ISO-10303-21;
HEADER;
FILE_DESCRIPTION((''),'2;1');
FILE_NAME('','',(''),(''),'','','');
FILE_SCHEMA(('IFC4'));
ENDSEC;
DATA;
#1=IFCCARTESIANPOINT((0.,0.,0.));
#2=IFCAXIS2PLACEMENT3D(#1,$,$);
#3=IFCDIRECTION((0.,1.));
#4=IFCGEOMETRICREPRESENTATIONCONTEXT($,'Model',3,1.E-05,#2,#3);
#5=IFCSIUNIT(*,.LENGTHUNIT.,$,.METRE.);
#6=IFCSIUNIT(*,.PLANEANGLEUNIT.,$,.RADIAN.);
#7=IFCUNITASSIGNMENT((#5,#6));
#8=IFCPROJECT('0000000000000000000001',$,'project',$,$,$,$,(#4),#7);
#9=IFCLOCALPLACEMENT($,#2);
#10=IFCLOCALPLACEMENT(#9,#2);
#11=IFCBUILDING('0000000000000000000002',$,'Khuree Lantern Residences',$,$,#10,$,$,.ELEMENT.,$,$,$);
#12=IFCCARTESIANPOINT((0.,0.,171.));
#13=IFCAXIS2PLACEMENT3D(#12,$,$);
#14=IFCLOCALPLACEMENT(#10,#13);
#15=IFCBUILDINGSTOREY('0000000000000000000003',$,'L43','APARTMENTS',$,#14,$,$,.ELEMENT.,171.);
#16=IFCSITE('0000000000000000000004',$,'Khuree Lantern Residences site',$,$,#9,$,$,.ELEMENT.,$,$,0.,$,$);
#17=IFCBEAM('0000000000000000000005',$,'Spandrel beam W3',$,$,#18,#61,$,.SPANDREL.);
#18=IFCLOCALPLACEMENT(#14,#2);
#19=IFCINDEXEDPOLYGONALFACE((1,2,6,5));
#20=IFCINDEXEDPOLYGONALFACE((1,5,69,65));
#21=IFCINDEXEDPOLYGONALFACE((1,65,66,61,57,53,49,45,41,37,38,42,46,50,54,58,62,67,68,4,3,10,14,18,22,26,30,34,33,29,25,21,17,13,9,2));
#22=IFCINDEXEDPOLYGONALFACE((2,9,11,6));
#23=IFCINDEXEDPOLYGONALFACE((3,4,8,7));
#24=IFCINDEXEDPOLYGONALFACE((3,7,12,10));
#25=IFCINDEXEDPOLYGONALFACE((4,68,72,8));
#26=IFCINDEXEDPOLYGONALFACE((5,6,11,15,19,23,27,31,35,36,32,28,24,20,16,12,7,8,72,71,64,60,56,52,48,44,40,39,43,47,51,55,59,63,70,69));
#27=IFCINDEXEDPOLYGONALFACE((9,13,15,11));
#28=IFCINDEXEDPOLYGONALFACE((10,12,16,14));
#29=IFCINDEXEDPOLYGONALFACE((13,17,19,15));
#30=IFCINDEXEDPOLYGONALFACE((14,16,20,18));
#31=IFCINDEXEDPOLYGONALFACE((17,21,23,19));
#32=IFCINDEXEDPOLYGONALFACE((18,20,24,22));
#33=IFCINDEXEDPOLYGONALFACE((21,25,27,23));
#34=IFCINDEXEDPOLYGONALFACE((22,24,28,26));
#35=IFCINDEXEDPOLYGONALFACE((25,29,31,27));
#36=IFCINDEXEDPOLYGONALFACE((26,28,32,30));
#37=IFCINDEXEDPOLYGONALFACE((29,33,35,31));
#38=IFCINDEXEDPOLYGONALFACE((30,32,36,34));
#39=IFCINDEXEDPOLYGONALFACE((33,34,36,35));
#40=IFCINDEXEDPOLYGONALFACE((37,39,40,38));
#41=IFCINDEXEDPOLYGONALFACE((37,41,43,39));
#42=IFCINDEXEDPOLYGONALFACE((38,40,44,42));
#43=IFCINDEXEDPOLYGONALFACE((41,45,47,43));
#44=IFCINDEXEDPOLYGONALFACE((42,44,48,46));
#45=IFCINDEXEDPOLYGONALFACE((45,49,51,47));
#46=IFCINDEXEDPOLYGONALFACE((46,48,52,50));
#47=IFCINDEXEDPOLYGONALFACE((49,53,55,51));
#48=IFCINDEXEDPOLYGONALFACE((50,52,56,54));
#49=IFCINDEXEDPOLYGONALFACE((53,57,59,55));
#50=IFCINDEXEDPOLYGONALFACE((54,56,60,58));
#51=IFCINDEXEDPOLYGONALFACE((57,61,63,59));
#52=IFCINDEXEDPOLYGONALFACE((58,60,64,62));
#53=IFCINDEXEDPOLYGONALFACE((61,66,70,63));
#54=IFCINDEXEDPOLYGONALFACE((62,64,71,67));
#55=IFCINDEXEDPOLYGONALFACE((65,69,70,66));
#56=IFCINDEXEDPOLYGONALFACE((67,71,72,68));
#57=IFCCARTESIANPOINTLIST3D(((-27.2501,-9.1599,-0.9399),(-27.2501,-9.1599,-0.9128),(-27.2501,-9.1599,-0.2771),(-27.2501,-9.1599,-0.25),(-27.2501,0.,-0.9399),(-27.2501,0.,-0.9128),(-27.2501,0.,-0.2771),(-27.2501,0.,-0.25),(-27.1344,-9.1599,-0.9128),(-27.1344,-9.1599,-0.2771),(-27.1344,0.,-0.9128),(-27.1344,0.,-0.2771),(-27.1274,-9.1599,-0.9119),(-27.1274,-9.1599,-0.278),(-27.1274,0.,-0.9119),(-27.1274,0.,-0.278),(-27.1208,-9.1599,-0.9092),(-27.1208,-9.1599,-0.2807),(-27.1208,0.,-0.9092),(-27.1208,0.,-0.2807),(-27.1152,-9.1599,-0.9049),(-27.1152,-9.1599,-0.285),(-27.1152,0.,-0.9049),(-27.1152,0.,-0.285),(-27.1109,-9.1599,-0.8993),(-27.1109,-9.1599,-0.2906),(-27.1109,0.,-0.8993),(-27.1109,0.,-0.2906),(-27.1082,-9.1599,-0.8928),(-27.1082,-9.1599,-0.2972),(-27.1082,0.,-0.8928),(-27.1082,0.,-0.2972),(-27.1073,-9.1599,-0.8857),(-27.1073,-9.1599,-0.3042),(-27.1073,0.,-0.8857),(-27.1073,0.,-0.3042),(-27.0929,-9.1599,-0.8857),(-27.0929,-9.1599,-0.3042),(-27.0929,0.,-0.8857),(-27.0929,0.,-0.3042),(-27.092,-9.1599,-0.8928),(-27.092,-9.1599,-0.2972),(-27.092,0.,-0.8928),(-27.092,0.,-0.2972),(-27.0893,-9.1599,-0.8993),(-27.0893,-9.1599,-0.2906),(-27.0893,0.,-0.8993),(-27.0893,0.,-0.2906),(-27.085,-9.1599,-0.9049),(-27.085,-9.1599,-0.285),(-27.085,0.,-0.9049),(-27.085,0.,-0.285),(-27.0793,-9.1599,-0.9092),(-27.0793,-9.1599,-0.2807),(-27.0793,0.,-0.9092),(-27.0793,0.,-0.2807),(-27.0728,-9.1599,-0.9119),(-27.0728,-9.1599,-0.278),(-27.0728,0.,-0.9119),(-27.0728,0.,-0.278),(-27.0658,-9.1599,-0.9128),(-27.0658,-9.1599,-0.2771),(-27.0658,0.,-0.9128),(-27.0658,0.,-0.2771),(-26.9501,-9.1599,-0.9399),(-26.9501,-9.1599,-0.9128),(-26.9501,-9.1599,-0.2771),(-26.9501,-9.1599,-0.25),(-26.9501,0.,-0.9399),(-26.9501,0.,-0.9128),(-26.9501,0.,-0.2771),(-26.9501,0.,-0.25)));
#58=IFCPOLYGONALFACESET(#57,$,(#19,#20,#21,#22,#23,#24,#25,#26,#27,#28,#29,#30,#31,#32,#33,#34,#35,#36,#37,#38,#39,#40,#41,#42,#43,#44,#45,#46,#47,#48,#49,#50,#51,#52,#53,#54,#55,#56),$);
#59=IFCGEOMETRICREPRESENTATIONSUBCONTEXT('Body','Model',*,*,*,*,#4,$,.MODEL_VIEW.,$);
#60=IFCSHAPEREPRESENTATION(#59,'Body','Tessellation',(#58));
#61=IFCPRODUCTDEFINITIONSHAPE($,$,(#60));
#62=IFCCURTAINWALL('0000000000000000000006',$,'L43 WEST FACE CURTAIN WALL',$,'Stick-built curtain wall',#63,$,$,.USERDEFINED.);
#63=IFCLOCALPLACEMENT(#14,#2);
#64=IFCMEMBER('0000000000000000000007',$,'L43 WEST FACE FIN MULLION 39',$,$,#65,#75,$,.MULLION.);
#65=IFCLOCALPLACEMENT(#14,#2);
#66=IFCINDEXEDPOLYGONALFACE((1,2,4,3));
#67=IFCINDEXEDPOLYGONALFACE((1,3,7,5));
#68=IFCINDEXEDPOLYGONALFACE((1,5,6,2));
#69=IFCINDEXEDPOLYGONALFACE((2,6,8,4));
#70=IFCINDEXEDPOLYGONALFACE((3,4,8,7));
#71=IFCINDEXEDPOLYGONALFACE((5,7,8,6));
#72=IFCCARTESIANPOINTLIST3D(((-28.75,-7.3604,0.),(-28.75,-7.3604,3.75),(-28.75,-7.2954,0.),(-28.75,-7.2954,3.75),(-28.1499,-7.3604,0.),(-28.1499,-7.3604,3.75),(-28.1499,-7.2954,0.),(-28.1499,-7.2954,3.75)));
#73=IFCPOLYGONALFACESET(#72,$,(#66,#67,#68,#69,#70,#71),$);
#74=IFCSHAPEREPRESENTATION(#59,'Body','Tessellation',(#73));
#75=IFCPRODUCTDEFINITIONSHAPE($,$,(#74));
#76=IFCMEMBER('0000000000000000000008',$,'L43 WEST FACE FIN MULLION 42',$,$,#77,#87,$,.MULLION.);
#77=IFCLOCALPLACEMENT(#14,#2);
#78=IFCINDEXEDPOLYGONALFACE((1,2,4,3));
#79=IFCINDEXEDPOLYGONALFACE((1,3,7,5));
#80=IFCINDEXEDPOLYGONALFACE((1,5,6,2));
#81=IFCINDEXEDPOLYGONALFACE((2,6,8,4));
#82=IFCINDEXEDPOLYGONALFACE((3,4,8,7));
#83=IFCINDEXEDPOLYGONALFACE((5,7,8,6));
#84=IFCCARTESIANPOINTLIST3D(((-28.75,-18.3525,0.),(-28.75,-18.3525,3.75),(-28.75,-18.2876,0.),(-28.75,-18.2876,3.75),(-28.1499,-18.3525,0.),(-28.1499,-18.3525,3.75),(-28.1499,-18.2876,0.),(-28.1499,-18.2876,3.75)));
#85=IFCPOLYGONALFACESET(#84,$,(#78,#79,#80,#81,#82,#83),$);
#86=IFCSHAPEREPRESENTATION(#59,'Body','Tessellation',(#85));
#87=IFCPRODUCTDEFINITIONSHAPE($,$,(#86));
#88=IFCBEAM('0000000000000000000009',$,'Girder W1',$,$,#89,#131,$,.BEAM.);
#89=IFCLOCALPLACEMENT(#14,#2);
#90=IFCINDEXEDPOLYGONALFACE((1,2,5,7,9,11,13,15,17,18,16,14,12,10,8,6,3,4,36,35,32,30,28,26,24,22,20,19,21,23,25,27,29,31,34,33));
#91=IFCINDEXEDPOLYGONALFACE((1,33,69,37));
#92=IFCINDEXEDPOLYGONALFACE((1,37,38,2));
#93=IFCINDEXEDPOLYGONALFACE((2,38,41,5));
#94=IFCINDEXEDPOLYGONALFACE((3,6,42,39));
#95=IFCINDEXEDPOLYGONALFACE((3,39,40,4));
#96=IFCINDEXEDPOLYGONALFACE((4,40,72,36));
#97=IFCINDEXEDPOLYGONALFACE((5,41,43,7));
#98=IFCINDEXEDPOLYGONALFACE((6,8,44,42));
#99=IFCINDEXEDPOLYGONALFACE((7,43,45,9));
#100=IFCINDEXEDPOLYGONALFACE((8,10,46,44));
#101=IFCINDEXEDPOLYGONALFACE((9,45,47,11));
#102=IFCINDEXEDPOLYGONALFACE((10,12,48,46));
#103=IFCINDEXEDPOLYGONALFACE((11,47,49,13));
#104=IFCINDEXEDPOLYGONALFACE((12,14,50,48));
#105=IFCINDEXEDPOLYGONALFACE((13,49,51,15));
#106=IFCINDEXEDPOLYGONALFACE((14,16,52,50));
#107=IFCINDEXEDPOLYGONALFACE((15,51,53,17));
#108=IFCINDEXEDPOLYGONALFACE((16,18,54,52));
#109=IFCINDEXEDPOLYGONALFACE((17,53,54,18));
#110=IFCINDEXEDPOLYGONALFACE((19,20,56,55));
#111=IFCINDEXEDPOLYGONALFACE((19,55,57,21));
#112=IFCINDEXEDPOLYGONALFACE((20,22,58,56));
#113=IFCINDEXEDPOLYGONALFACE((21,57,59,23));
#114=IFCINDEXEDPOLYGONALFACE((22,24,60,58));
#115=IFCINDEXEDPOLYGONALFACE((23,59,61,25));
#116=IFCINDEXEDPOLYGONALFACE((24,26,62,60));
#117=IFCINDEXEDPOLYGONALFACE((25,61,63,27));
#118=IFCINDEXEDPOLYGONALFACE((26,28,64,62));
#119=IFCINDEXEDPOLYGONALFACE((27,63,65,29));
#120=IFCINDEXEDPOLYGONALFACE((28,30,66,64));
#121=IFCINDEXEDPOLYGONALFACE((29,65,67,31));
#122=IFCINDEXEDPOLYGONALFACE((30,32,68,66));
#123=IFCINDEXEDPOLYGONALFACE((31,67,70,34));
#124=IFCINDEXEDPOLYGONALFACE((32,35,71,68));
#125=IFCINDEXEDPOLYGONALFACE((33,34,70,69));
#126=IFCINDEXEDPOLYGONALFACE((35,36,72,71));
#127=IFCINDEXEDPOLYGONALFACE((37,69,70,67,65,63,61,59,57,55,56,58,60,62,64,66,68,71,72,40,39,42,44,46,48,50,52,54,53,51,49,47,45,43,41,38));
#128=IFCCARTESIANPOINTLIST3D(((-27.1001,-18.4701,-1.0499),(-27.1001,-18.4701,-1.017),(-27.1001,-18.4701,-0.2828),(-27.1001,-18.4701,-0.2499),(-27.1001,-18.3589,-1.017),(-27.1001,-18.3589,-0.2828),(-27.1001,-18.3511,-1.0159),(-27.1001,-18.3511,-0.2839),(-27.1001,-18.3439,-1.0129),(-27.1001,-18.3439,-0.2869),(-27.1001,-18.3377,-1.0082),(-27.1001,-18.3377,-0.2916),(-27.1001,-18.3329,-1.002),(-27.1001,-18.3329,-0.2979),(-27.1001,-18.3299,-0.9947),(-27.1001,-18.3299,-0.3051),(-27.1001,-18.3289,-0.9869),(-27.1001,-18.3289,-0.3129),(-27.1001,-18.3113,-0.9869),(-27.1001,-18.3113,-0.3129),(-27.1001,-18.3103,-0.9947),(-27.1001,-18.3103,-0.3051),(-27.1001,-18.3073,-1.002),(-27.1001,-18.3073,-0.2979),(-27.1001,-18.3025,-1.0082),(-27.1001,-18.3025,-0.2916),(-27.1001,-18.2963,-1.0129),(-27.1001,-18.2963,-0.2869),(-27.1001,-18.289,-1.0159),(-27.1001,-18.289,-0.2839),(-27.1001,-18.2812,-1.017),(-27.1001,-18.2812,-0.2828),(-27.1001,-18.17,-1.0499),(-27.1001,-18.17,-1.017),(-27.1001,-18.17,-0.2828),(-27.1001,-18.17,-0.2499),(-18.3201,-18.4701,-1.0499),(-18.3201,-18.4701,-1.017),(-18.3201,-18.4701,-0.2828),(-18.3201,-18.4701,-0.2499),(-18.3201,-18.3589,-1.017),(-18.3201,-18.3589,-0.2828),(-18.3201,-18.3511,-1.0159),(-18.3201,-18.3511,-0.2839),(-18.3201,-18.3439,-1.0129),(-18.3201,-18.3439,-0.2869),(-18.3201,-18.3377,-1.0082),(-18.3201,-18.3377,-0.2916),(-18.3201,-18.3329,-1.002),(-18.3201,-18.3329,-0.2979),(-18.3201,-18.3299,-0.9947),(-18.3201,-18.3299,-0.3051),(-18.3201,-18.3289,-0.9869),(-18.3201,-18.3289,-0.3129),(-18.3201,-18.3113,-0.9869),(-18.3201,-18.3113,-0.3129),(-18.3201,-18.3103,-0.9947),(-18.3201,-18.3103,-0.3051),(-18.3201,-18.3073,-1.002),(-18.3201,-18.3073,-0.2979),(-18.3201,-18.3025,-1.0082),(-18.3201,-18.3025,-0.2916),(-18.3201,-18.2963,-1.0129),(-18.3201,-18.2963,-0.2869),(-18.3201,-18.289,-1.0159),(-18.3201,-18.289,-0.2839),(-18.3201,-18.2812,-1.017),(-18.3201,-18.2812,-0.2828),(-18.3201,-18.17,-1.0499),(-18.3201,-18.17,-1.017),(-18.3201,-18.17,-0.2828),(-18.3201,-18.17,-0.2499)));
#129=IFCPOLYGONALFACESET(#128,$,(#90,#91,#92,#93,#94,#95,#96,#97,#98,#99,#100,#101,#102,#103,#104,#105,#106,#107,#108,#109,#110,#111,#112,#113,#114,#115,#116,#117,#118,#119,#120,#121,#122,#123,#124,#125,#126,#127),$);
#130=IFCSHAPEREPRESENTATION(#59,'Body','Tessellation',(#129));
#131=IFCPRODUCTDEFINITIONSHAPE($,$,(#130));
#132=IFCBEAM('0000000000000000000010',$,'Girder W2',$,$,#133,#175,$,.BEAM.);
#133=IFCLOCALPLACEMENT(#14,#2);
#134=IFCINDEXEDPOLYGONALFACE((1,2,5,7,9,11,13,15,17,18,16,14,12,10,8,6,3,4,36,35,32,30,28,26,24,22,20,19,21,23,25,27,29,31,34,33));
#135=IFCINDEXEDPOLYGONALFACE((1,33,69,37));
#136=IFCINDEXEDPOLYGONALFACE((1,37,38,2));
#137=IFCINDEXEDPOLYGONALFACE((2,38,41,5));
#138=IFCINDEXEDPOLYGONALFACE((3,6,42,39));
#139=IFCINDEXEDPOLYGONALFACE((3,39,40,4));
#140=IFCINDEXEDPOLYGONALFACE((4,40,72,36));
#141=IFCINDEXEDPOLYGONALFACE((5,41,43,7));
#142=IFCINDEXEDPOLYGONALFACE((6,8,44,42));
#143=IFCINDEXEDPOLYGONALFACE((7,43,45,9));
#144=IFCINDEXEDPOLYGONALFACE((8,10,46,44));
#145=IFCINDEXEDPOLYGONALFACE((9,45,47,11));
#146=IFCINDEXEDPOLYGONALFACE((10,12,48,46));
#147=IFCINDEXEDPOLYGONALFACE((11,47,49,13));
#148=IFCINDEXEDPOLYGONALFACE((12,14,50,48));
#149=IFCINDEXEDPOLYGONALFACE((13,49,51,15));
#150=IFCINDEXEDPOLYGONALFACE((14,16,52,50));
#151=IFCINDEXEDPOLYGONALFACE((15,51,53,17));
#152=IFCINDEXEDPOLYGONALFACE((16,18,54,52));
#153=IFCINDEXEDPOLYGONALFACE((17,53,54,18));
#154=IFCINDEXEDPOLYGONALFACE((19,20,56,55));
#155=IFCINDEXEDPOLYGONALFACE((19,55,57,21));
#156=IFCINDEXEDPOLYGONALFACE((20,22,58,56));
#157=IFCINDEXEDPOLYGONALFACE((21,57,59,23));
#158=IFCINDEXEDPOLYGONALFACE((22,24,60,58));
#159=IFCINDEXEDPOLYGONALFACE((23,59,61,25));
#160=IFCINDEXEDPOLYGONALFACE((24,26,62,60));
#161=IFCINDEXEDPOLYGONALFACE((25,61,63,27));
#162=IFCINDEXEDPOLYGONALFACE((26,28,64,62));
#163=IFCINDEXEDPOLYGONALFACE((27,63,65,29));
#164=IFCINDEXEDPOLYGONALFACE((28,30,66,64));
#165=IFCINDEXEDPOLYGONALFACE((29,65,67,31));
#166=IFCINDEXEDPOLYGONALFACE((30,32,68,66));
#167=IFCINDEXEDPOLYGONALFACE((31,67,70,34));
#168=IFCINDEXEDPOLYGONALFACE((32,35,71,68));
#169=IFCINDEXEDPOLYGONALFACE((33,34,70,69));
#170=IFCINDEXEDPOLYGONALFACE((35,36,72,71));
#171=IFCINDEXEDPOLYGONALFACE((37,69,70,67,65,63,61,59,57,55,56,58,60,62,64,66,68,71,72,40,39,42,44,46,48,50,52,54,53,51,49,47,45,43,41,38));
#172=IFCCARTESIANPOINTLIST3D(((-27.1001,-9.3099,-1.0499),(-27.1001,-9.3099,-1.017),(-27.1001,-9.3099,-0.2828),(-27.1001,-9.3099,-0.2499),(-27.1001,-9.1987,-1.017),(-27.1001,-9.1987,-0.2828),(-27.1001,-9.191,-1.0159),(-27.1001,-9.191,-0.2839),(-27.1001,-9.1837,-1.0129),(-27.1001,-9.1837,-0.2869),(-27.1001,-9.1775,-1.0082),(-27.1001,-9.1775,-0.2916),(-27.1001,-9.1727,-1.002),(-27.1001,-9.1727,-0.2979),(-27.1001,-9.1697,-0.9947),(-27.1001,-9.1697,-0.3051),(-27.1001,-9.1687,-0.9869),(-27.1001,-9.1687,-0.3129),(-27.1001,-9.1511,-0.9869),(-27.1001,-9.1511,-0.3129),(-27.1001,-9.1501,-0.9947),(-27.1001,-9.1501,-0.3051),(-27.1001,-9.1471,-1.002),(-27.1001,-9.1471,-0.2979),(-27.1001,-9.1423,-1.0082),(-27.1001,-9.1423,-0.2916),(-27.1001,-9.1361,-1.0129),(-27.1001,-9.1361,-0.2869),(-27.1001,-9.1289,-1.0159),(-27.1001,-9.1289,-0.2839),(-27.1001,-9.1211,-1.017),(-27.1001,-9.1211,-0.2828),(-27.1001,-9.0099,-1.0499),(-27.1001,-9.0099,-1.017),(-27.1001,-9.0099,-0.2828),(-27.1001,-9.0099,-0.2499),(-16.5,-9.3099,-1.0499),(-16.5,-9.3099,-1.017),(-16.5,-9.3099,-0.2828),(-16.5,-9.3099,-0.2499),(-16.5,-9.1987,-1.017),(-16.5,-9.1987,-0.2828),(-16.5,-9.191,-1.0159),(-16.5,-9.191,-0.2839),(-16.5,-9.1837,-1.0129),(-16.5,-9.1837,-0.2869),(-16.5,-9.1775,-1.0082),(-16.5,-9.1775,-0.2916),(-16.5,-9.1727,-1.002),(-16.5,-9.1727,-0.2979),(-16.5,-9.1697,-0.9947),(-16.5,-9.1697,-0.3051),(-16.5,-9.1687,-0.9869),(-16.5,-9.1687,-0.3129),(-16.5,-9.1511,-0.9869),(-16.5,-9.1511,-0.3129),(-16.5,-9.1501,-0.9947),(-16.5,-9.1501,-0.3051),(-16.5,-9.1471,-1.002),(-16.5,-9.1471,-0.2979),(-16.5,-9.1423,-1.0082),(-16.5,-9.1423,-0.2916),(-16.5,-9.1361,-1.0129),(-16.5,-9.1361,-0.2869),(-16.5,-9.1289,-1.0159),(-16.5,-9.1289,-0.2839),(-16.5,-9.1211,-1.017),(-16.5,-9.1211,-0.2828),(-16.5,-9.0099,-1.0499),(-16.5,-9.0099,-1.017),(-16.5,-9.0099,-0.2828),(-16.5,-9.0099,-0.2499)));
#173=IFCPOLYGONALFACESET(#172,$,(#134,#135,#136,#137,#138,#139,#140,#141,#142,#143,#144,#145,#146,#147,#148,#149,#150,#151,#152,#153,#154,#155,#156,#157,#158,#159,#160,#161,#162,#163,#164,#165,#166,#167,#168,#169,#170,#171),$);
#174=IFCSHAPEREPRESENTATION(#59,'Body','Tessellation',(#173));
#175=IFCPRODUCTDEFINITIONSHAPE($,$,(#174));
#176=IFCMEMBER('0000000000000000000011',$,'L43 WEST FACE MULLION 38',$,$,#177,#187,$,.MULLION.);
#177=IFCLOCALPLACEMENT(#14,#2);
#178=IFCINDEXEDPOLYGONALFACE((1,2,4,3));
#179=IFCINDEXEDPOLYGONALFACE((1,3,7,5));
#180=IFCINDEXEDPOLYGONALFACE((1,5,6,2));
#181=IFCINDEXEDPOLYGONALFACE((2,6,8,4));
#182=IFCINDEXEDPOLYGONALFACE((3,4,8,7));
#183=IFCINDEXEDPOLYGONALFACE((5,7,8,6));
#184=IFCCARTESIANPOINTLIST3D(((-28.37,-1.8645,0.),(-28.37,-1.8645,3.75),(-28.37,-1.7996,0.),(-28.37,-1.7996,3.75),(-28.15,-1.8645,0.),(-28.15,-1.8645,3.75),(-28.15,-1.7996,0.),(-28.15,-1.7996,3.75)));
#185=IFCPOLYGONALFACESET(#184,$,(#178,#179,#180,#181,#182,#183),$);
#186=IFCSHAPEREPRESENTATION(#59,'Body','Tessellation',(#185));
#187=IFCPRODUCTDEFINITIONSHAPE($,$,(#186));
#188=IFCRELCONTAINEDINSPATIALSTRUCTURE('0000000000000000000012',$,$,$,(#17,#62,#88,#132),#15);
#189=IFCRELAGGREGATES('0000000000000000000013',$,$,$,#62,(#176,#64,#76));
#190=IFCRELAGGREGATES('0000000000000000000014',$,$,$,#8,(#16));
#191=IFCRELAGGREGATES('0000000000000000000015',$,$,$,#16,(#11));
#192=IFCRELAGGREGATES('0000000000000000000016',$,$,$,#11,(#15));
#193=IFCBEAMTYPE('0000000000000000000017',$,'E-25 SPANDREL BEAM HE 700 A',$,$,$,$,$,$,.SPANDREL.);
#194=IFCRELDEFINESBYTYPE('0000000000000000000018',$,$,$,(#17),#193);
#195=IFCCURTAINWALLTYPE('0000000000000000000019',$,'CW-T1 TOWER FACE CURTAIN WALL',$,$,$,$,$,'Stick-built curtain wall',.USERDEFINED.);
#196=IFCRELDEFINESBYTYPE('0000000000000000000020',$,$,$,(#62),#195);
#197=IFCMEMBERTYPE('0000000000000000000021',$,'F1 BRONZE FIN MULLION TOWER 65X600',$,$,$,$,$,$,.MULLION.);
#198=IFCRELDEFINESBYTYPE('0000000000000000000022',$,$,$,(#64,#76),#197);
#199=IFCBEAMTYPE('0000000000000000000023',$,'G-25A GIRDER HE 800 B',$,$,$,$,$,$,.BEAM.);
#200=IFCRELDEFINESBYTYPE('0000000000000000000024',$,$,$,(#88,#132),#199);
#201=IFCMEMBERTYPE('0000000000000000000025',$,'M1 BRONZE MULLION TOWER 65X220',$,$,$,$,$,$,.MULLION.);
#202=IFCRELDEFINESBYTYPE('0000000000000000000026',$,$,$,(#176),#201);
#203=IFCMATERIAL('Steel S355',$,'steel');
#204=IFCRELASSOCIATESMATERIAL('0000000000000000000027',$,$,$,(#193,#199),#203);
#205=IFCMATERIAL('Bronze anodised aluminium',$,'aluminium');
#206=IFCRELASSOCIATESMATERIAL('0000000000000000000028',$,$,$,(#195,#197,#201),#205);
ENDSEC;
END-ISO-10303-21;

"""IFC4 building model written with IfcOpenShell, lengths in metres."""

from ifc_helpers import new_model, si_unit, direction, frame, origin, origin_2d, place, context, subcontext, project, spatial, rectangle, i_section, extrude, material, material_profile, profile_set, type_object, element, aggregate, save


model = new_model("IFC4")

# Units and contexts
model_context = context("Model", 3, precision=1e-05, world=origin(), true_north=direction((0.0, 1.0)))
body_context = subcontext(model_context, "Body", "Model", "MODEL_VIEW")
ifc_project = project(units=[si_unit("LENGTHUNIT", "METRE"), si_unit("PLANEANGLEUNIT", "RADIAN")], contexts=[model_context])

# Site, building, storey
site_placement = place(None, origin())
site = spatial("IfcSite", under=ifc_project, at=site_placement, Name="Khuree Lantern Residences site", CompositionType="ELEMENT", RefElevation=0.0)
building_placement = place(site_placement, origin())
building = spatial("IfcBuilding", under=site, at=building_placement, Name="Khuree Lantern Residences", CompositionType="ELEMENT")
storey_placement = place(building_placement, frame((0.0, 0.0, 171.0)))
storey = spatial("IfcBuildingStorey", under=building, at=storey_placement, Name="L43", Description="APARTMENTS", CompositionType="ELEMENT", Elevation=171.0)

# Beam
ifc_material_1 = material(Name="Steel S355", Category="steel")
ifc_material_profile_1 = material_profile(ifc_material_1, i_section(OverallWidth=0.3, OverallDepth=0.6899, WebThickness=0.0144, FlangeThickness=0.0271, FilletRadius=0.0271, at=origin_2d()), Name="HE 700 A")
ifc_profile_set_1 = profile_set([ifc_material_profile_1], Name="Steel S355")
beam_type_1 = type_object("IfcBeamType", Name="E-25 SPANDREL BEAM HE 700 A", PredefinedType="SPANDREL", material=ifc_profile_set_1)
beam_1_placement = place(storey_placement, frame((-27.1001, -9.1599, -0.595), z_axis=(0.0, 1.0, 0.0), x_axis=(-1.0, 0.0, 0.0)))
element("IfcBeam", 1, at=beam_1_placement, inside=storey, type_object=beam_type_1, Name="Spandrel beam W3", PredefinedType="SPANDREL", context=body_context, shape_type="SweptSolid", body=[
    extrude(i_section(OverallWidth=0.3, OverallDepth=0.6899, WebThickness=0.0144, FlangeThickness=0.0271, FilletRadius=0.0271, at=origin_2d()), origin(), (0.0, 0.0, 1.0), 9.1599),
])

# Curtain wall, members
ifc_material_2 = material(Name="Bronze anodised aluminium", Category="aluminium")
curtain_wall_type = type_object("IfcCurtainWallType", Name="CW-T1 TOWER FACE CURTAIN WALL", ElementType="Stick-built curtain wall", PredefinedType="USERDEFINED", material=ifc_material_2)
curtain_wall_placement = place(storey_placement, origin())
curtain_wall = element("IfcCurtainWall", 2, at=curtain_wall_placement, inside=storey, type_object=curtain_wall_type, Name="L43 WEST FACE CURTAIN WALL", ObjectType="Stick-built curtain wall", PredefinedType="USERDEFINED")
ifc_material_profile_2 = material_profile(ifc_material_2, rectangle(XDim=0.0649, YDim=0.6001, at=origin_2d()), Name="F1 65X600")
ifc_profile_set_2 = profile_set([ifc_material_profile_2], Name="Bronze anodised aluminium")
member_type_1 = type_object("IfcMemberType", Name="F1 BRONZE FIN MULLION TOWER 65X600", PredefinedType="MULLION", material=ifc_profile_set_2)
member_1_placement = place(storey_placement, frame((-28.45, -7.3279, 0.0), z_axis=(0.0, 0.0, 1.0), x_axis=(0.0, -1.0, 0.0)))
member_1 = element("IfcMember", 3, at=member_1_placement, type_object=member_type_1, Name="L43 WEST FACE FIN MULLION 39", PredefinedType="MULLION", context=body_context, shape_type="SweptSolid", body=[
    extrude(rectangle(XDim=0.0649, YDim=0.6001, at=origin_2d()), origin(), (0.0, 0.0, 1.0), 3.75),
])
member_2_placement = place(storey_placement, frame((-28.45, -18.3201, 0.0), z_axis=(0.0, 0.0, 1.0), x_axis=(0.0, -1.0, 0.0)))
member_2 = element("IfcMember", 4, at=member_2_placement, type_object=member_type_1, Name="L43 WEST FACE FIN MULLION 42", PredefinedType="MULLION", context=body_context, shape_type="SweptSolid", body=[
    extrude(rectangle(XDim=0.0649, YDim=0.6001, at=origin_2d()), origin(), (0.0, 0.0, 1.0), 3.75),
])

# Beams
ifc_material_profile_3 = material_profile(ifc_material_1, i_section(OverallWidth=0.3, OverallDepth=0.8, WebThickness=0.0176, FlangeThickness=0.033, FilletRadius=0.03, at=origin_2d()), Name="HE 800 B")
ifc_profile_set_3 = profile_set([ifc_material_profile_3], Name="Steel S355")
beam_type_2 = type_object("IfcBeamType", Name="G-25A GIRDER HE 800 B", PredefinedType="BEAM", material=ifc_profile_set_3)
beam_2_placement = place(storey_placement, frame((-27.1001, -18.3201, -0.6499), z_axis=(1.0, 0.0, 0.0), x_axis=(0.0, 1.0, 0.0)))
element("IfcBeam", 5, at=beam_2_placement, inside=storey, type_object=beam_type_2, Name="Girder W1", PredefinedType="BEAM", context=body_context, shape_type="SweptSolid", body=[
    extrude(i_section(OverallWidth=0.3, OverallDepth=0.8, WebThickness=0.0176, FlangeThickness=0.033, FilletRadius=0.03, at=origin_2d()), origin(), (0.0, 0.0, 1.0), 8.78),
])
beam_3_placement = place(storey_placement, frame((-27.1001, -9.1599, -0.6499), z_axis=(1.0, 0.0, 0.0), x_axis=(0.0, 1.0, 0.0)))
element("IfcBeam", 6, at=beam_3_placement, inside=storey, type_object=beam_type_2, Name="Girder W2", PredefinedType="BEAM", context=body_context, shape_type="SweptSolid", body=[
    extrude(i_section(OverallWidth=0.3, OverallDepth=0.8, WebThickness=0.0176, FlangeThickness=0.033, FilletRadius=0.03, at=origin_2d()), origin(), (0.0, 0.0, 1.0), 10.6001),
])

# Member
ifc_material_profile_4 = material_profile(ifc_material_2, rectangle(XDim=0.0649, YDim=0.22, at=origin_2d()), Name="M1 65X220")
ifc_profile_set_4 = profile_set([ifc_material_profile_4], Name="Bronze anodised aluminium")
member_type_2 = type_object("IfcMemberType", Name="M1 BRONZE MULLION TOWER 65X220", PredefinedType="MULLION", material=ifc_profile_set_4)
member_3_placement = place(storey_placement, frame((-28.26, -1.832, 0.0), z_axis=(0.0, 0.0, 1.0), x_axis=(0.0, -1.0, 0.0)))
member_3 = element("IfcMember", 7, at=member_3_placement, type_object=member_type_2, Name="L43 WEST FACE MULLION 38", PredefinedType="MULLION", context=body_context, shape_type="SweptSolid", body=[
    extrude(rectangle(XDim=0.0649, YDim=0.22, at=origin_2d()), origin(), (0.0, 0.0, 1.0), 3.75),
])

aggregate(curtain_wall, [member_3, member_1, member_2])

save(model, "model.ifc")
